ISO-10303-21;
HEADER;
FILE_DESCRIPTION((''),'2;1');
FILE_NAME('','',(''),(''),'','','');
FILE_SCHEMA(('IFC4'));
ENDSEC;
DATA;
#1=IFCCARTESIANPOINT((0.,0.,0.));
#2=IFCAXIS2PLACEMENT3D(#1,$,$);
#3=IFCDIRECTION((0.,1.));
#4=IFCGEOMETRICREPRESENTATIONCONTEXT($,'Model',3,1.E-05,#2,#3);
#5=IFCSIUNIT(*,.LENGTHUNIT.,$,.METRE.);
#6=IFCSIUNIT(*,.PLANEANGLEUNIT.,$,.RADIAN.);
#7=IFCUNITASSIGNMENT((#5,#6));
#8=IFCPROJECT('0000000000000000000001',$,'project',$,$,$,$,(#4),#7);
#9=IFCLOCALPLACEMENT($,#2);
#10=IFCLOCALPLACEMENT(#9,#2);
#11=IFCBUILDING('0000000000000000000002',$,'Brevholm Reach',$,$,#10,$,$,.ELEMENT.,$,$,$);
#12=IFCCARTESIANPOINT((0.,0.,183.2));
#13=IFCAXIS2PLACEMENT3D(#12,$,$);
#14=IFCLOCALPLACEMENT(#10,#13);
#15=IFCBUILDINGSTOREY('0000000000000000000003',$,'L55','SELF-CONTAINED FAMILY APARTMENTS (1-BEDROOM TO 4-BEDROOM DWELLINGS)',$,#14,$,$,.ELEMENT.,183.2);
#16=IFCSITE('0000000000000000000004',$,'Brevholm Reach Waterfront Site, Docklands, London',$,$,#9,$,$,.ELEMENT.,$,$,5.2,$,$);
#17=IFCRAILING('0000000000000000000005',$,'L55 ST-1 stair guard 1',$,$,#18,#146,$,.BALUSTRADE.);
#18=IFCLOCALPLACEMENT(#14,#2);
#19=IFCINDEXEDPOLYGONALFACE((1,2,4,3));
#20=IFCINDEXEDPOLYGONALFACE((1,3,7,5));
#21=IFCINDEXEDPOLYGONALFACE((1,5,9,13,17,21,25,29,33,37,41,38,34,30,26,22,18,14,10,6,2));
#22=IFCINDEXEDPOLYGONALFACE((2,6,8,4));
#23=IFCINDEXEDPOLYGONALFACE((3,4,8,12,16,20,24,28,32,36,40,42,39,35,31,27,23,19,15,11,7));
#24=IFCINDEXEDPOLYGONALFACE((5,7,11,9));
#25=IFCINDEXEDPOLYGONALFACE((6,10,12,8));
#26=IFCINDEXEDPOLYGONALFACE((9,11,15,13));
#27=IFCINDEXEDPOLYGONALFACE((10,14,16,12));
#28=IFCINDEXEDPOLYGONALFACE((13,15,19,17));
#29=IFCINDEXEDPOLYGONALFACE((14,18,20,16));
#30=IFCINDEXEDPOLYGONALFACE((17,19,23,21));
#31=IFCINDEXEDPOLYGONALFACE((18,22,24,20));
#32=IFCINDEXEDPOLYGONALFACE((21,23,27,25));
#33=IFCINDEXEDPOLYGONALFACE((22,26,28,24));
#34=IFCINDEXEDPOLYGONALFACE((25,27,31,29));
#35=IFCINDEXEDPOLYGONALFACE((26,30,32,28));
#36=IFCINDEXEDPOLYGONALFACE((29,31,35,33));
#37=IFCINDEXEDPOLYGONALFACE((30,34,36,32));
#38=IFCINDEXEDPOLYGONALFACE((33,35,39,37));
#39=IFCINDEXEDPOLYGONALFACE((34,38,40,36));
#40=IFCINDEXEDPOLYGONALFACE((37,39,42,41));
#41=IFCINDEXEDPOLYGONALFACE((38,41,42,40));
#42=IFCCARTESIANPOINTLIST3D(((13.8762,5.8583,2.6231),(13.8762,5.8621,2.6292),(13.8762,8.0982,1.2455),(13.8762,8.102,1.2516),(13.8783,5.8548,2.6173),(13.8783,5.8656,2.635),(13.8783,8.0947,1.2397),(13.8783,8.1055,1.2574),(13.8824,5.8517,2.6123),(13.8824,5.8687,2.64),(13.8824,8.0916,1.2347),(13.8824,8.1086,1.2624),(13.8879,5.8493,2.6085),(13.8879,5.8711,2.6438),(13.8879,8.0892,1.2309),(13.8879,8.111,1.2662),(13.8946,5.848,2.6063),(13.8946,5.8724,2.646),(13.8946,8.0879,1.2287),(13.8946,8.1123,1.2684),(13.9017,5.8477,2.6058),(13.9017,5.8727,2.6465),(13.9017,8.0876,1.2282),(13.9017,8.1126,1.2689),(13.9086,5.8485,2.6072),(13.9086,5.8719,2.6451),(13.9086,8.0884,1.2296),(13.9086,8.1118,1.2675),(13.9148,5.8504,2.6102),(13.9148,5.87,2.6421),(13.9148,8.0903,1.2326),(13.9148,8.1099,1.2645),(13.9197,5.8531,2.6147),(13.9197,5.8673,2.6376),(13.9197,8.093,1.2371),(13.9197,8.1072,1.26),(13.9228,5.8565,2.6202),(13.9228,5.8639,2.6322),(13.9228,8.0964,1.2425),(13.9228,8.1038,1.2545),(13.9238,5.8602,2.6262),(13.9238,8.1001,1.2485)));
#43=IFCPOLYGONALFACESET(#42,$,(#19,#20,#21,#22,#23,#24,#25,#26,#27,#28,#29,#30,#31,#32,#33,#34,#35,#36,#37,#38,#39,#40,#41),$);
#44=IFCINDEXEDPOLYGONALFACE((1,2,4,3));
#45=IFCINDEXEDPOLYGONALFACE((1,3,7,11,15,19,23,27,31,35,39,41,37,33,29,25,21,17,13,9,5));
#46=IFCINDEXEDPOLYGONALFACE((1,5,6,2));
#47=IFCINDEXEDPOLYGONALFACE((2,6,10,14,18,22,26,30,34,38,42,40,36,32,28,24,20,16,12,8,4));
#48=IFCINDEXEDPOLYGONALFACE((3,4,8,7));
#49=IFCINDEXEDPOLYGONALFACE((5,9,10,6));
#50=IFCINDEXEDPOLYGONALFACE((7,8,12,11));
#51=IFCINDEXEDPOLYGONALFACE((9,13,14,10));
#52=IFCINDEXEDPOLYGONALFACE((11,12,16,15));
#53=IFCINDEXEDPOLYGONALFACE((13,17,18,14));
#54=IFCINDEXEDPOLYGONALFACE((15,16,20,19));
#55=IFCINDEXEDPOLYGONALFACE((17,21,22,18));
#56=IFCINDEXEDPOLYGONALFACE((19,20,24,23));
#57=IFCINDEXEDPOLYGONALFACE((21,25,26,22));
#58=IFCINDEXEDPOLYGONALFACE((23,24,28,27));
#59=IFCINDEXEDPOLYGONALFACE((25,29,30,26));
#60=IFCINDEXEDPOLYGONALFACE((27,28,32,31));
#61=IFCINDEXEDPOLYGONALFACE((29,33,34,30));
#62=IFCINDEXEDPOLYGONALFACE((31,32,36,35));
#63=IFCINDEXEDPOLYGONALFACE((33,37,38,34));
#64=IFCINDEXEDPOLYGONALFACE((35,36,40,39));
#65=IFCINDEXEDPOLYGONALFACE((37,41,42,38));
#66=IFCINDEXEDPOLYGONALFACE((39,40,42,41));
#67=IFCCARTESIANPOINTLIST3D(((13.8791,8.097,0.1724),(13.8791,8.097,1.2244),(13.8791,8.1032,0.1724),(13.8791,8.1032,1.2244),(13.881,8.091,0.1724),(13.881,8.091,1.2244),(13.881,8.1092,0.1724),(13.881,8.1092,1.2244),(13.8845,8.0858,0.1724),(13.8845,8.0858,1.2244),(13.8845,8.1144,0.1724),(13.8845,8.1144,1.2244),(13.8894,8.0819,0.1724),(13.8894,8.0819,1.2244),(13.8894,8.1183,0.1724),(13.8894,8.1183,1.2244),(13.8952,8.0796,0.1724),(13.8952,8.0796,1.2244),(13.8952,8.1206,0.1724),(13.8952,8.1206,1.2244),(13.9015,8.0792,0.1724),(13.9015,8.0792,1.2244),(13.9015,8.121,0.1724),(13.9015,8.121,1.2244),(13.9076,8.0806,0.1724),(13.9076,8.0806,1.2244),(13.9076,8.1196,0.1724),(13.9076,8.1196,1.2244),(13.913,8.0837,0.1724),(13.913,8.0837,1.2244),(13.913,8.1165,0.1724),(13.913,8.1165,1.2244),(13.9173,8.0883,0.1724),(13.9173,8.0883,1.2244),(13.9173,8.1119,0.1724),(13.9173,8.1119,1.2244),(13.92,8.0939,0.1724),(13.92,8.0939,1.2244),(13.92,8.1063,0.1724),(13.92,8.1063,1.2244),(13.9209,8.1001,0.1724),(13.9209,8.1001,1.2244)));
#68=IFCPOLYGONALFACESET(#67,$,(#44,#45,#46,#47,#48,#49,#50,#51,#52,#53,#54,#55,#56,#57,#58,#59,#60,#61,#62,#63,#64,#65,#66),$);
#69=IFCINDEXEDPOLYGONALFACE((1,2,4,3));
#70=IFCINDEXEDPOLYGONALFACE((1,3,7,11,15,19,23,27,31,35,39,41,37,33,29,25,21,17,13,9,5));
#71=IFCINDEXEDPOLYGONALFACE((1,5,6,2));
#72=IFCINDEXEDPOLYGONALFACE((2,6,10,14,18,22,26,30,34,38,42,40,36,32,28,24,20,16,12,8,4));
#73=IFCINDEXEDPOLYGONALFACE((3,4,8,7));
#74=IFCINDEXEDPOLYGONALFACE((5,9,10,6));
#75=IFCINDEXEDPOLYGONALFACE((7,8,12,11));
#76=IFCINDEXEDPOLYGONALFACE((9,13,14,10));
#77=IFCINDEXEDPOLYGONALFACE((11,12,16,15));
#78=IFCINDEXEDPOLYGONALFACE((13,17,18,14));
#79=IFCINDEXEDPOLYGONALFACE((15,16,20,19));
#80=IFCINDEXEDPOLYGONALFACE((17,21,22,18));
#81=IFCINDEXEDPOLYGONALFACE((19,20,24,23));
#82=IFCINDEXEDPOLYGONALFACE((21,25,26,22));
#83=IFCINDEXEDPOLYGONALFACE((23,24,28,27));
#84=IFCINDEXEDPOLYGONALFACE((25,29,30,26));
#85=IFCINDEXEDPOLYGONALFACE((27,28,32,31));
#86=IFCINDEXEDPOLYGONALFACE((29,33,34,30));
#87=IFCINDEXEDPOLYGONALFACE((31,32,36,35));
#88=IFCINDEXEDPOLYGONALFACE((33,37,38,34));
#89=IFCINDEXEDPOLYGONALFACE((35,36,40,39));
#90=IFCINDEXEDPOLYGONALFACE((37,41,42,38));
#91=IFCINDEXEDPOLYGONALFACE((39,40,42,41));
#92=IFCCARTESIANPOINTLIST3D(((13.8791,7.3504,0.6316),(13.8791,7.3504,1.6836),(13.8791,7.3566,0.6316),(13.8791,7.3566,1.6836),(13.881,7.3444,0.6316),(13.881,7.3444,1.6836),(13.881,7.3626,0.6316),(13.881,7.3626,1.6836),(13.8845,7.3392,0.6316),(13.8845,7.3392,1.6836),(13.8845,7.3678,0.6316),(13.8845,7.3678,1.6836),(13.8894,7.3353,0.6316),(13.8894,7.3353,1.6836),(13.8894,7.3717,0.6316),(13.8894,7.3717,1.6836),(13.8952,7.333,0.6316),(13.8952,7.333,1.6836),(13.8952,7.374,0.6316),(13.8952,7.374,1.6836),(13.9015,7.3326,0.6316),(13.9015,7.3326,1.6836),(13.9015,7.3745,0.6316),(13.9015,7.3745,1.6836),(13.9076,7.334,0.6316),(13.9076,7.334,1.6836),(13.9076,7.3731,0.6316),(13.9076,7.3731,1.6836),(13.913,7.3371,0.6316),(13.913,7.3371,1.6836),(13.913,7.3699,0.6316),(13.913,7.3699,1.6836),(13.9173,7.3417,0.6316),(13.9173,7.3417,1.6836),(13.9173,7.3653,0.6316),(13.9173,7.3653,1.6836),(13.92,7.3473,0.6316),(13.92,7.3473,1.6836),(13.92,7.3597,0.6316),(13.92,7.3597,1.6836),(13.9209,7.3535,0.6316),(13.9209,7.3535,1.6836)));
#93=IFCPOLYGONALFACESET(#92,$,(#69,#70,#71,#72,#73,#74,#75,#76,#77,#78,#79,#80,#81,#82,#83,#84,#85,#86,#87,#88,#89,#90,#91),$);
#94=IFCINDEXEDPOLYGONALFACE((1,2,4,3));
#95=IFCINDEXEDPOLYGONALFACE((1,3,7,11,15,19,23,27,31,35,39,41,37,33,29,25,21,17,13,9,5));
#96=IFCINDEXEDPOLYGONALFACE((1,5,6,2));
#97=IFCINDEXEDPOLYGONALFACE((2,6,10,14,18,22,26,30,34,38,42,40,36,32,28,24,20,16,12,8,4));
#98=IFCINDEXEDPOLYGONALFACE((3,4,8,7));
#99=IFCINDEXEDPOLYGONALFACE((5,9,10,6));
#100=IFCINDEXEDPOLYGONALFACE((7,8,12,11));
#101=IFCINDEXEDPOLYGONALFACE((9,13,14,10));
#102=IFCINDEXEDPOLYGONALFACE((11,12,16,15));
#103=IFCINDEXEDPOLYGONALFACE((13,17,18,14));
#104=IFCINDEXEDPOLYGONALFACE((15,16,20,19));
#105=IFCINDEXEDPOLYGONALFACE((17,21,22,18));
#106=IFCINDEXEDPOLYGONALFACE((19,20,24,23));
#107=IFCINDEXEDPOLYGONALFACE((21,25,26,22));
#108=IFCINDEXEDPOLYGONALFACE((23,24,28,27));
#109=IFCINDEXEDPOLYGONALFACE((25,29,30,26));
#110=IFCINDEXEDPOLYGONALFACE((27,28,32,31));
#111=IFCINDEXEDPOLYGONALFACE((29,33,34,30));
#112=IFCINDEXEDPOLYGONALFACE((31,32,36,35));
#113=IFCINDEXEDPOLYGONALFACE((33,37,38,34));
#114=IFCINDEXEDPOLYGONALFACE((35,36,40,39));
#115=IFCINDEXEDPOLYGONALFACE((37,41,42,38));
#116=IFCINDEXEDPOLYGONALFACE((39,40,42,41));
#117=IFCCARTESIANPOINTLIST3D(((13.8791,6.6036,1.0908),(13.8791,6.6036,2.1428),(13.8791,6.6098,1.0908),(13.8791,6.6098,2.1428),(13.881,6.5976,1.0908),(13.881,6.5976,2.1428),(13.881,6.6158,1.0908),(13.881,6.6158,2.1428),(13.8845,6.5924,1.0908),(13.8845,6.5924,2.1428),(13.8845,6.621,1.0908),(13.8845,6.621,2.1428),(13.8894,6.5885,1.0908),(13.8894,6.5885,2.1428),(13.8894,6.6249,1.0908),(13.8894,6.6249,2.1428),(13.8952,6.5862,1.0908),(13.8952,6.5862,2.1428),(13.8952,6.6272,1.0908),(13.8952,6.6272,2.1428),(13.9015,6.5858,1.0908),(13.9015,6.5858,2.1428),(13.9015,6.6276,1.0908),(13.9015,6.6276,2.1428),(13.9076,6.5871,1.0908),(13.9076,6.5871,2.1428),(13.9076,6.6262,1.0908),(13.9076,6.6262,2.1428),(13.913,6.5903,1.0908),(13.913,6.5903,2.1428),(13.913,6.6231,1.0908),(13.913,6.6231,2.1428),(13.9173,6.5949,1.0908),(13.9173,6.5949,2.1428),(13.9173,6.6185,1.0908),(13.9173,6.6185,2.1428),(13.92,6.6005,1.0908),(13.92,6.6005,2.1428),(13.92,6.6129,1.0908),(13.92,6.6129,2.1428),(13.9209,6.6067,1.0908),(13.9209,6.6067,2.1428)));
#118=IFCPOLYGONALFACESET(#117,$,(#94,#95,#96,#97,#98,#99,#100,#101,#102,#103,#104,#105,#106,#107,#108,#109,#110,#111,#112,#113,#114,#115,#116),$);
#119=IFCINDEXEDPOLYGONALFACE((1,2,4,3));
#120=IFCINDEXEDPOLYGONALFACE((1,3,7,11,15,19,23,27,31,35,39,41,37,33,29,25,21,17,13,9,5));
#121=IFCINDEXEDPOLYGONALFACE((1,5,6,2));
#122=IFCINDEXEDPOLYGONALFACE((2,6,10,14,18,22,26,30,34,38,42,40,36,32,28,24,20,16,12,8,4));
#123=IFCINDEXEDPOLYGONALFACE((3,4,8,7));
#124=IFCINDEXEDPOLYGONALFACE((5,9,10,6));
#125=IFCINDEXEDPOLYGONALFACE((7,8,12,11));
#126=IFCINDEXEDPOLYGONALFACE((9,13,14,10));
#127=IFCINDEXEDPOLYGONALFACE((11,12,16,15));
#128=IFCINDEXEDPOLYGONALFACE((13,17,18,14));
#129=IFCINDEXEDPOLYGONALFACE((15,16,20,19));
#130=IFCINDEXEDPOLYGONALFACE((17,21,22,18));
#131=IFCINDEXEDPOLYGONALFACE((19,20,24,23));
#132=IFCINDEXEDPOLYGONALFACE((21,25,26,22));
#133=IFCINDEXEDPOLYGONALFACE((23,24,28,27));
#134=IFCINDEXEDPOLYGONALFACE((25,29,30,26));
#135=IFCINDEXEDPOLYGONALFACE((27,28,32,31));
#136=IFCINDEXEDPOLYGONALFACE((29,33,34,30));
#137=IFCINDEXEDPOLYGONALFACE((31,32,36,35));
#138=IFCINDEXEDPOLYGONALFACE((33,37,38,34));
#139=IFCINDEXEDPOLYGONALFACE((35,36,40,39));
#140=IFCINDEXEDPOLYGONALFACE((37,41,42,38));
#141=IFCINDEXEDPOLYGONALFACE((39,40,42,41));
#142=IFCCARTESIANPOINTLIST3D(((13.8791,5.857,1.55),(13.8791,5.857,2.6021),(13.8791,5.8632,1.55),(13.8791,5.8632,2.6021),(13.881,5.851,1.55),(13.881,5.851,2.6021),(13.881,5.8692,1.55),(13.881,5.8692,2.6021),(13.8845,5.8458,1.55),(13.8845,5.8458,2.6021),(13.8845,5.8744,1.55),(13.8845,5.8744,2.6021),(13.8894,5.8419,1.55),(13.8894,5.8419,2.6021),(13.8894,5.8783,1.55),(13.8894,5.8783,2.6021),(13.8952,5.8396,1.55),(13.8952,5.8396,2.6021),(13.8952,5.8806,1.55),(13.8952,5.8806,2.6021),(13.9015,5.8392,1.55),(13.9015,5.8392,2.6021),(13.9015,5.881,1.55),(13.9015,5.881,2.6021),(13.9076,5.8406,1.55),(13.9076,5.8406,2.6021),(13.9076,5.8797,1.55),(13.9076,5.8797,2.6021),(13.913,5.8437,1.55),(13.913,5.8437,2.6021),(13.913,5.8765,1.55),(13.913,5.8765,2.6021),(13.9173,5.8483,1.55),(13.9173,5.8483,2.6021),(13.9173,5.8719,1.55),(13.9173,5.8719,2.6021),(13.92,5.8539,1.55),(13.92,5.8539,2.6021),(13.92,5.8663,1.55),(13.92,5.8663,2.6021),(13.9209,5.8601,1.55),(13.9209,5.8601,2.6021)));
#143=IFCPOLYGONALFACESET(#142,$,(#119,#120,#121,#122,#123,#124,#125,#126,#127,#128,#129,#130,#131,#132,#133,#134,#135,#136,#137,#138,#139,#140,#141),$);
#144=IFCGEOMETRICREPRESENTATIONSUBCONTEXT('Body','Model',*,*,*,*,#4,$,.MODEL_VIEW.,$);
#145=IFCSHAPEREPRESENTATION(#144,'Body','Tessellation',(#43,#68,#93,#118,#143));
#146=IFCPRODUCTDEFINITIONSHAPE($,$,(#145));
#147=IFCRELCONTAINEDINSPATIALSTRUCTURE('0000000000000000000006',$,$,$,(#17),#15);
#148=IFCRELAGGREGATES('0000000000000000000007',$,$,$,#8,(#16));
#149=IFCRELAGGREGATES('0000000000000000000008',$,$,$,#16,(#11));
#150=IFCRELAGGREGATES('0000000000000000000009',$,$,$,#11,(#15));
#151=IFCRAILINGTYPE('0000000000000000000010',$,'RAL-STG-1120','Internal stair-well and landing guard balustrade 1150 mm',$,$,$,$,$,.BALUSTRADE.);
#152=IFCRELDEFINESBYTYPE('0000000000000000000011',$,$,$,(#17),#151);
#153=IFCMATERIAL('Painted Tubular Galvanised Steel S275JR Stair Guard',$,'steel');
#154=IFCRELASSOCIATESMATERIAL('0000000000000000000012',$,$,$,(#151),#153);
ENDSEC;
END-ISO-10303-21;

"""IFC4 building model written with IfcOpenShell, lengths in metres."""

from ifc_helpers import new_model, si_unit, direction, frame, origin, origin_2d, place, context, subcontext, project, spatial, circle, extrude, material, type_object, element, save


model = new_model("IFC4")

# Units and contexts
model_context = context("Model", 3, precision=1e-05, world=origin(), true_north=direction((0.0, 1.0)))
body_context = subcontext(model_context, "Body", "Model", "MODEL_VIEW")
ifc_project = project(units=[si_unit("LENGTHUNIT", "METRE"), si_unit("PLANEANGLEUNIT", "RADIAN")], contexts=[model_context])

# Site, building, storey
site_placement = place(None, origin())
site = spatial("IfcSite", under=ifc_project, at=site_placement, Name="Brevholm Reach Waterfront Site, Docklands, London", CompositionType="ELEMENT", RefElevation=5.2)
building_placement = place(site_placement, origin())
building = spatial("IfcBuilding", under=site, at=building_placement, Name="Brevholm Reach", CompositionType="ELEMENT")
storey_placement = place(building_placement, frame((0.0, 0.0, 183.2)))
storey = spatial("IfcBuildingStorey", under=building, at=storey_placement, Name="L55", Description="SELF-CONTAINED FAMILY APARTMENTS (1-BEDROOM TO 4-BEDROOM DWELLINGS)", CompositionType="ELEMENT", Elevation=183.2)

# Railing
ifc_material_1 = material(Name="Painted Tubular Galvanised Steel S275JR Stair Guard", Category="steel")
railing_type_1 = type_object("IfcRailingType", Name="RAL-STG-1120", Description="Internal stair-well and landing guard balustrade 1150 mm", PredefinedType="BALUSTRADE", material=ifc_material_1)
railing_1_placement = place(storey_placement, frame((13.8999, 8.1001, 0.1724)))
element("IfcRailing", 1, at=railing_1_placement, inside=storey, type_object=railing_type_1, Name="L55 ST-1 stair guard 1", PredefinedType="BALUSTRADE", context=body_context, shape_type="SweptSolid", body=[
    extrude(circle(Radius=0.0239, at=origin_2d()), frame((0.0, 0.0, 1.0762), z_axis=(0.0, -0.851789, 0.523885), x_axis=(1.0, 0.0, 0.0)), (0.0, 0.0, 1.0), 2.6296),
    extrude(circle(Radius=0.021, at=origin_2d()), origin(), (0.0, 0.0, 1.0), 1.052),
    extrude(circle(Radius=0.021, at=origin_2d()), frame((0.0, -0.7466, 0.4592)), (0.0, 0.0, 1.0), 1.052),
    extrude(circle(Radius=0.021, at=origin_2d()), frame((0.0, -1.4934, 0.9185)), (0.0, 0.0, 1.0), 1.052),
    extrude(circle(Radius=0.021, at=origin_2d()), frame((0.0, -2.24, 1.3777)), (0.0, 0.0, 1.0), 1.052),
])

save(model, "model.ifc")
